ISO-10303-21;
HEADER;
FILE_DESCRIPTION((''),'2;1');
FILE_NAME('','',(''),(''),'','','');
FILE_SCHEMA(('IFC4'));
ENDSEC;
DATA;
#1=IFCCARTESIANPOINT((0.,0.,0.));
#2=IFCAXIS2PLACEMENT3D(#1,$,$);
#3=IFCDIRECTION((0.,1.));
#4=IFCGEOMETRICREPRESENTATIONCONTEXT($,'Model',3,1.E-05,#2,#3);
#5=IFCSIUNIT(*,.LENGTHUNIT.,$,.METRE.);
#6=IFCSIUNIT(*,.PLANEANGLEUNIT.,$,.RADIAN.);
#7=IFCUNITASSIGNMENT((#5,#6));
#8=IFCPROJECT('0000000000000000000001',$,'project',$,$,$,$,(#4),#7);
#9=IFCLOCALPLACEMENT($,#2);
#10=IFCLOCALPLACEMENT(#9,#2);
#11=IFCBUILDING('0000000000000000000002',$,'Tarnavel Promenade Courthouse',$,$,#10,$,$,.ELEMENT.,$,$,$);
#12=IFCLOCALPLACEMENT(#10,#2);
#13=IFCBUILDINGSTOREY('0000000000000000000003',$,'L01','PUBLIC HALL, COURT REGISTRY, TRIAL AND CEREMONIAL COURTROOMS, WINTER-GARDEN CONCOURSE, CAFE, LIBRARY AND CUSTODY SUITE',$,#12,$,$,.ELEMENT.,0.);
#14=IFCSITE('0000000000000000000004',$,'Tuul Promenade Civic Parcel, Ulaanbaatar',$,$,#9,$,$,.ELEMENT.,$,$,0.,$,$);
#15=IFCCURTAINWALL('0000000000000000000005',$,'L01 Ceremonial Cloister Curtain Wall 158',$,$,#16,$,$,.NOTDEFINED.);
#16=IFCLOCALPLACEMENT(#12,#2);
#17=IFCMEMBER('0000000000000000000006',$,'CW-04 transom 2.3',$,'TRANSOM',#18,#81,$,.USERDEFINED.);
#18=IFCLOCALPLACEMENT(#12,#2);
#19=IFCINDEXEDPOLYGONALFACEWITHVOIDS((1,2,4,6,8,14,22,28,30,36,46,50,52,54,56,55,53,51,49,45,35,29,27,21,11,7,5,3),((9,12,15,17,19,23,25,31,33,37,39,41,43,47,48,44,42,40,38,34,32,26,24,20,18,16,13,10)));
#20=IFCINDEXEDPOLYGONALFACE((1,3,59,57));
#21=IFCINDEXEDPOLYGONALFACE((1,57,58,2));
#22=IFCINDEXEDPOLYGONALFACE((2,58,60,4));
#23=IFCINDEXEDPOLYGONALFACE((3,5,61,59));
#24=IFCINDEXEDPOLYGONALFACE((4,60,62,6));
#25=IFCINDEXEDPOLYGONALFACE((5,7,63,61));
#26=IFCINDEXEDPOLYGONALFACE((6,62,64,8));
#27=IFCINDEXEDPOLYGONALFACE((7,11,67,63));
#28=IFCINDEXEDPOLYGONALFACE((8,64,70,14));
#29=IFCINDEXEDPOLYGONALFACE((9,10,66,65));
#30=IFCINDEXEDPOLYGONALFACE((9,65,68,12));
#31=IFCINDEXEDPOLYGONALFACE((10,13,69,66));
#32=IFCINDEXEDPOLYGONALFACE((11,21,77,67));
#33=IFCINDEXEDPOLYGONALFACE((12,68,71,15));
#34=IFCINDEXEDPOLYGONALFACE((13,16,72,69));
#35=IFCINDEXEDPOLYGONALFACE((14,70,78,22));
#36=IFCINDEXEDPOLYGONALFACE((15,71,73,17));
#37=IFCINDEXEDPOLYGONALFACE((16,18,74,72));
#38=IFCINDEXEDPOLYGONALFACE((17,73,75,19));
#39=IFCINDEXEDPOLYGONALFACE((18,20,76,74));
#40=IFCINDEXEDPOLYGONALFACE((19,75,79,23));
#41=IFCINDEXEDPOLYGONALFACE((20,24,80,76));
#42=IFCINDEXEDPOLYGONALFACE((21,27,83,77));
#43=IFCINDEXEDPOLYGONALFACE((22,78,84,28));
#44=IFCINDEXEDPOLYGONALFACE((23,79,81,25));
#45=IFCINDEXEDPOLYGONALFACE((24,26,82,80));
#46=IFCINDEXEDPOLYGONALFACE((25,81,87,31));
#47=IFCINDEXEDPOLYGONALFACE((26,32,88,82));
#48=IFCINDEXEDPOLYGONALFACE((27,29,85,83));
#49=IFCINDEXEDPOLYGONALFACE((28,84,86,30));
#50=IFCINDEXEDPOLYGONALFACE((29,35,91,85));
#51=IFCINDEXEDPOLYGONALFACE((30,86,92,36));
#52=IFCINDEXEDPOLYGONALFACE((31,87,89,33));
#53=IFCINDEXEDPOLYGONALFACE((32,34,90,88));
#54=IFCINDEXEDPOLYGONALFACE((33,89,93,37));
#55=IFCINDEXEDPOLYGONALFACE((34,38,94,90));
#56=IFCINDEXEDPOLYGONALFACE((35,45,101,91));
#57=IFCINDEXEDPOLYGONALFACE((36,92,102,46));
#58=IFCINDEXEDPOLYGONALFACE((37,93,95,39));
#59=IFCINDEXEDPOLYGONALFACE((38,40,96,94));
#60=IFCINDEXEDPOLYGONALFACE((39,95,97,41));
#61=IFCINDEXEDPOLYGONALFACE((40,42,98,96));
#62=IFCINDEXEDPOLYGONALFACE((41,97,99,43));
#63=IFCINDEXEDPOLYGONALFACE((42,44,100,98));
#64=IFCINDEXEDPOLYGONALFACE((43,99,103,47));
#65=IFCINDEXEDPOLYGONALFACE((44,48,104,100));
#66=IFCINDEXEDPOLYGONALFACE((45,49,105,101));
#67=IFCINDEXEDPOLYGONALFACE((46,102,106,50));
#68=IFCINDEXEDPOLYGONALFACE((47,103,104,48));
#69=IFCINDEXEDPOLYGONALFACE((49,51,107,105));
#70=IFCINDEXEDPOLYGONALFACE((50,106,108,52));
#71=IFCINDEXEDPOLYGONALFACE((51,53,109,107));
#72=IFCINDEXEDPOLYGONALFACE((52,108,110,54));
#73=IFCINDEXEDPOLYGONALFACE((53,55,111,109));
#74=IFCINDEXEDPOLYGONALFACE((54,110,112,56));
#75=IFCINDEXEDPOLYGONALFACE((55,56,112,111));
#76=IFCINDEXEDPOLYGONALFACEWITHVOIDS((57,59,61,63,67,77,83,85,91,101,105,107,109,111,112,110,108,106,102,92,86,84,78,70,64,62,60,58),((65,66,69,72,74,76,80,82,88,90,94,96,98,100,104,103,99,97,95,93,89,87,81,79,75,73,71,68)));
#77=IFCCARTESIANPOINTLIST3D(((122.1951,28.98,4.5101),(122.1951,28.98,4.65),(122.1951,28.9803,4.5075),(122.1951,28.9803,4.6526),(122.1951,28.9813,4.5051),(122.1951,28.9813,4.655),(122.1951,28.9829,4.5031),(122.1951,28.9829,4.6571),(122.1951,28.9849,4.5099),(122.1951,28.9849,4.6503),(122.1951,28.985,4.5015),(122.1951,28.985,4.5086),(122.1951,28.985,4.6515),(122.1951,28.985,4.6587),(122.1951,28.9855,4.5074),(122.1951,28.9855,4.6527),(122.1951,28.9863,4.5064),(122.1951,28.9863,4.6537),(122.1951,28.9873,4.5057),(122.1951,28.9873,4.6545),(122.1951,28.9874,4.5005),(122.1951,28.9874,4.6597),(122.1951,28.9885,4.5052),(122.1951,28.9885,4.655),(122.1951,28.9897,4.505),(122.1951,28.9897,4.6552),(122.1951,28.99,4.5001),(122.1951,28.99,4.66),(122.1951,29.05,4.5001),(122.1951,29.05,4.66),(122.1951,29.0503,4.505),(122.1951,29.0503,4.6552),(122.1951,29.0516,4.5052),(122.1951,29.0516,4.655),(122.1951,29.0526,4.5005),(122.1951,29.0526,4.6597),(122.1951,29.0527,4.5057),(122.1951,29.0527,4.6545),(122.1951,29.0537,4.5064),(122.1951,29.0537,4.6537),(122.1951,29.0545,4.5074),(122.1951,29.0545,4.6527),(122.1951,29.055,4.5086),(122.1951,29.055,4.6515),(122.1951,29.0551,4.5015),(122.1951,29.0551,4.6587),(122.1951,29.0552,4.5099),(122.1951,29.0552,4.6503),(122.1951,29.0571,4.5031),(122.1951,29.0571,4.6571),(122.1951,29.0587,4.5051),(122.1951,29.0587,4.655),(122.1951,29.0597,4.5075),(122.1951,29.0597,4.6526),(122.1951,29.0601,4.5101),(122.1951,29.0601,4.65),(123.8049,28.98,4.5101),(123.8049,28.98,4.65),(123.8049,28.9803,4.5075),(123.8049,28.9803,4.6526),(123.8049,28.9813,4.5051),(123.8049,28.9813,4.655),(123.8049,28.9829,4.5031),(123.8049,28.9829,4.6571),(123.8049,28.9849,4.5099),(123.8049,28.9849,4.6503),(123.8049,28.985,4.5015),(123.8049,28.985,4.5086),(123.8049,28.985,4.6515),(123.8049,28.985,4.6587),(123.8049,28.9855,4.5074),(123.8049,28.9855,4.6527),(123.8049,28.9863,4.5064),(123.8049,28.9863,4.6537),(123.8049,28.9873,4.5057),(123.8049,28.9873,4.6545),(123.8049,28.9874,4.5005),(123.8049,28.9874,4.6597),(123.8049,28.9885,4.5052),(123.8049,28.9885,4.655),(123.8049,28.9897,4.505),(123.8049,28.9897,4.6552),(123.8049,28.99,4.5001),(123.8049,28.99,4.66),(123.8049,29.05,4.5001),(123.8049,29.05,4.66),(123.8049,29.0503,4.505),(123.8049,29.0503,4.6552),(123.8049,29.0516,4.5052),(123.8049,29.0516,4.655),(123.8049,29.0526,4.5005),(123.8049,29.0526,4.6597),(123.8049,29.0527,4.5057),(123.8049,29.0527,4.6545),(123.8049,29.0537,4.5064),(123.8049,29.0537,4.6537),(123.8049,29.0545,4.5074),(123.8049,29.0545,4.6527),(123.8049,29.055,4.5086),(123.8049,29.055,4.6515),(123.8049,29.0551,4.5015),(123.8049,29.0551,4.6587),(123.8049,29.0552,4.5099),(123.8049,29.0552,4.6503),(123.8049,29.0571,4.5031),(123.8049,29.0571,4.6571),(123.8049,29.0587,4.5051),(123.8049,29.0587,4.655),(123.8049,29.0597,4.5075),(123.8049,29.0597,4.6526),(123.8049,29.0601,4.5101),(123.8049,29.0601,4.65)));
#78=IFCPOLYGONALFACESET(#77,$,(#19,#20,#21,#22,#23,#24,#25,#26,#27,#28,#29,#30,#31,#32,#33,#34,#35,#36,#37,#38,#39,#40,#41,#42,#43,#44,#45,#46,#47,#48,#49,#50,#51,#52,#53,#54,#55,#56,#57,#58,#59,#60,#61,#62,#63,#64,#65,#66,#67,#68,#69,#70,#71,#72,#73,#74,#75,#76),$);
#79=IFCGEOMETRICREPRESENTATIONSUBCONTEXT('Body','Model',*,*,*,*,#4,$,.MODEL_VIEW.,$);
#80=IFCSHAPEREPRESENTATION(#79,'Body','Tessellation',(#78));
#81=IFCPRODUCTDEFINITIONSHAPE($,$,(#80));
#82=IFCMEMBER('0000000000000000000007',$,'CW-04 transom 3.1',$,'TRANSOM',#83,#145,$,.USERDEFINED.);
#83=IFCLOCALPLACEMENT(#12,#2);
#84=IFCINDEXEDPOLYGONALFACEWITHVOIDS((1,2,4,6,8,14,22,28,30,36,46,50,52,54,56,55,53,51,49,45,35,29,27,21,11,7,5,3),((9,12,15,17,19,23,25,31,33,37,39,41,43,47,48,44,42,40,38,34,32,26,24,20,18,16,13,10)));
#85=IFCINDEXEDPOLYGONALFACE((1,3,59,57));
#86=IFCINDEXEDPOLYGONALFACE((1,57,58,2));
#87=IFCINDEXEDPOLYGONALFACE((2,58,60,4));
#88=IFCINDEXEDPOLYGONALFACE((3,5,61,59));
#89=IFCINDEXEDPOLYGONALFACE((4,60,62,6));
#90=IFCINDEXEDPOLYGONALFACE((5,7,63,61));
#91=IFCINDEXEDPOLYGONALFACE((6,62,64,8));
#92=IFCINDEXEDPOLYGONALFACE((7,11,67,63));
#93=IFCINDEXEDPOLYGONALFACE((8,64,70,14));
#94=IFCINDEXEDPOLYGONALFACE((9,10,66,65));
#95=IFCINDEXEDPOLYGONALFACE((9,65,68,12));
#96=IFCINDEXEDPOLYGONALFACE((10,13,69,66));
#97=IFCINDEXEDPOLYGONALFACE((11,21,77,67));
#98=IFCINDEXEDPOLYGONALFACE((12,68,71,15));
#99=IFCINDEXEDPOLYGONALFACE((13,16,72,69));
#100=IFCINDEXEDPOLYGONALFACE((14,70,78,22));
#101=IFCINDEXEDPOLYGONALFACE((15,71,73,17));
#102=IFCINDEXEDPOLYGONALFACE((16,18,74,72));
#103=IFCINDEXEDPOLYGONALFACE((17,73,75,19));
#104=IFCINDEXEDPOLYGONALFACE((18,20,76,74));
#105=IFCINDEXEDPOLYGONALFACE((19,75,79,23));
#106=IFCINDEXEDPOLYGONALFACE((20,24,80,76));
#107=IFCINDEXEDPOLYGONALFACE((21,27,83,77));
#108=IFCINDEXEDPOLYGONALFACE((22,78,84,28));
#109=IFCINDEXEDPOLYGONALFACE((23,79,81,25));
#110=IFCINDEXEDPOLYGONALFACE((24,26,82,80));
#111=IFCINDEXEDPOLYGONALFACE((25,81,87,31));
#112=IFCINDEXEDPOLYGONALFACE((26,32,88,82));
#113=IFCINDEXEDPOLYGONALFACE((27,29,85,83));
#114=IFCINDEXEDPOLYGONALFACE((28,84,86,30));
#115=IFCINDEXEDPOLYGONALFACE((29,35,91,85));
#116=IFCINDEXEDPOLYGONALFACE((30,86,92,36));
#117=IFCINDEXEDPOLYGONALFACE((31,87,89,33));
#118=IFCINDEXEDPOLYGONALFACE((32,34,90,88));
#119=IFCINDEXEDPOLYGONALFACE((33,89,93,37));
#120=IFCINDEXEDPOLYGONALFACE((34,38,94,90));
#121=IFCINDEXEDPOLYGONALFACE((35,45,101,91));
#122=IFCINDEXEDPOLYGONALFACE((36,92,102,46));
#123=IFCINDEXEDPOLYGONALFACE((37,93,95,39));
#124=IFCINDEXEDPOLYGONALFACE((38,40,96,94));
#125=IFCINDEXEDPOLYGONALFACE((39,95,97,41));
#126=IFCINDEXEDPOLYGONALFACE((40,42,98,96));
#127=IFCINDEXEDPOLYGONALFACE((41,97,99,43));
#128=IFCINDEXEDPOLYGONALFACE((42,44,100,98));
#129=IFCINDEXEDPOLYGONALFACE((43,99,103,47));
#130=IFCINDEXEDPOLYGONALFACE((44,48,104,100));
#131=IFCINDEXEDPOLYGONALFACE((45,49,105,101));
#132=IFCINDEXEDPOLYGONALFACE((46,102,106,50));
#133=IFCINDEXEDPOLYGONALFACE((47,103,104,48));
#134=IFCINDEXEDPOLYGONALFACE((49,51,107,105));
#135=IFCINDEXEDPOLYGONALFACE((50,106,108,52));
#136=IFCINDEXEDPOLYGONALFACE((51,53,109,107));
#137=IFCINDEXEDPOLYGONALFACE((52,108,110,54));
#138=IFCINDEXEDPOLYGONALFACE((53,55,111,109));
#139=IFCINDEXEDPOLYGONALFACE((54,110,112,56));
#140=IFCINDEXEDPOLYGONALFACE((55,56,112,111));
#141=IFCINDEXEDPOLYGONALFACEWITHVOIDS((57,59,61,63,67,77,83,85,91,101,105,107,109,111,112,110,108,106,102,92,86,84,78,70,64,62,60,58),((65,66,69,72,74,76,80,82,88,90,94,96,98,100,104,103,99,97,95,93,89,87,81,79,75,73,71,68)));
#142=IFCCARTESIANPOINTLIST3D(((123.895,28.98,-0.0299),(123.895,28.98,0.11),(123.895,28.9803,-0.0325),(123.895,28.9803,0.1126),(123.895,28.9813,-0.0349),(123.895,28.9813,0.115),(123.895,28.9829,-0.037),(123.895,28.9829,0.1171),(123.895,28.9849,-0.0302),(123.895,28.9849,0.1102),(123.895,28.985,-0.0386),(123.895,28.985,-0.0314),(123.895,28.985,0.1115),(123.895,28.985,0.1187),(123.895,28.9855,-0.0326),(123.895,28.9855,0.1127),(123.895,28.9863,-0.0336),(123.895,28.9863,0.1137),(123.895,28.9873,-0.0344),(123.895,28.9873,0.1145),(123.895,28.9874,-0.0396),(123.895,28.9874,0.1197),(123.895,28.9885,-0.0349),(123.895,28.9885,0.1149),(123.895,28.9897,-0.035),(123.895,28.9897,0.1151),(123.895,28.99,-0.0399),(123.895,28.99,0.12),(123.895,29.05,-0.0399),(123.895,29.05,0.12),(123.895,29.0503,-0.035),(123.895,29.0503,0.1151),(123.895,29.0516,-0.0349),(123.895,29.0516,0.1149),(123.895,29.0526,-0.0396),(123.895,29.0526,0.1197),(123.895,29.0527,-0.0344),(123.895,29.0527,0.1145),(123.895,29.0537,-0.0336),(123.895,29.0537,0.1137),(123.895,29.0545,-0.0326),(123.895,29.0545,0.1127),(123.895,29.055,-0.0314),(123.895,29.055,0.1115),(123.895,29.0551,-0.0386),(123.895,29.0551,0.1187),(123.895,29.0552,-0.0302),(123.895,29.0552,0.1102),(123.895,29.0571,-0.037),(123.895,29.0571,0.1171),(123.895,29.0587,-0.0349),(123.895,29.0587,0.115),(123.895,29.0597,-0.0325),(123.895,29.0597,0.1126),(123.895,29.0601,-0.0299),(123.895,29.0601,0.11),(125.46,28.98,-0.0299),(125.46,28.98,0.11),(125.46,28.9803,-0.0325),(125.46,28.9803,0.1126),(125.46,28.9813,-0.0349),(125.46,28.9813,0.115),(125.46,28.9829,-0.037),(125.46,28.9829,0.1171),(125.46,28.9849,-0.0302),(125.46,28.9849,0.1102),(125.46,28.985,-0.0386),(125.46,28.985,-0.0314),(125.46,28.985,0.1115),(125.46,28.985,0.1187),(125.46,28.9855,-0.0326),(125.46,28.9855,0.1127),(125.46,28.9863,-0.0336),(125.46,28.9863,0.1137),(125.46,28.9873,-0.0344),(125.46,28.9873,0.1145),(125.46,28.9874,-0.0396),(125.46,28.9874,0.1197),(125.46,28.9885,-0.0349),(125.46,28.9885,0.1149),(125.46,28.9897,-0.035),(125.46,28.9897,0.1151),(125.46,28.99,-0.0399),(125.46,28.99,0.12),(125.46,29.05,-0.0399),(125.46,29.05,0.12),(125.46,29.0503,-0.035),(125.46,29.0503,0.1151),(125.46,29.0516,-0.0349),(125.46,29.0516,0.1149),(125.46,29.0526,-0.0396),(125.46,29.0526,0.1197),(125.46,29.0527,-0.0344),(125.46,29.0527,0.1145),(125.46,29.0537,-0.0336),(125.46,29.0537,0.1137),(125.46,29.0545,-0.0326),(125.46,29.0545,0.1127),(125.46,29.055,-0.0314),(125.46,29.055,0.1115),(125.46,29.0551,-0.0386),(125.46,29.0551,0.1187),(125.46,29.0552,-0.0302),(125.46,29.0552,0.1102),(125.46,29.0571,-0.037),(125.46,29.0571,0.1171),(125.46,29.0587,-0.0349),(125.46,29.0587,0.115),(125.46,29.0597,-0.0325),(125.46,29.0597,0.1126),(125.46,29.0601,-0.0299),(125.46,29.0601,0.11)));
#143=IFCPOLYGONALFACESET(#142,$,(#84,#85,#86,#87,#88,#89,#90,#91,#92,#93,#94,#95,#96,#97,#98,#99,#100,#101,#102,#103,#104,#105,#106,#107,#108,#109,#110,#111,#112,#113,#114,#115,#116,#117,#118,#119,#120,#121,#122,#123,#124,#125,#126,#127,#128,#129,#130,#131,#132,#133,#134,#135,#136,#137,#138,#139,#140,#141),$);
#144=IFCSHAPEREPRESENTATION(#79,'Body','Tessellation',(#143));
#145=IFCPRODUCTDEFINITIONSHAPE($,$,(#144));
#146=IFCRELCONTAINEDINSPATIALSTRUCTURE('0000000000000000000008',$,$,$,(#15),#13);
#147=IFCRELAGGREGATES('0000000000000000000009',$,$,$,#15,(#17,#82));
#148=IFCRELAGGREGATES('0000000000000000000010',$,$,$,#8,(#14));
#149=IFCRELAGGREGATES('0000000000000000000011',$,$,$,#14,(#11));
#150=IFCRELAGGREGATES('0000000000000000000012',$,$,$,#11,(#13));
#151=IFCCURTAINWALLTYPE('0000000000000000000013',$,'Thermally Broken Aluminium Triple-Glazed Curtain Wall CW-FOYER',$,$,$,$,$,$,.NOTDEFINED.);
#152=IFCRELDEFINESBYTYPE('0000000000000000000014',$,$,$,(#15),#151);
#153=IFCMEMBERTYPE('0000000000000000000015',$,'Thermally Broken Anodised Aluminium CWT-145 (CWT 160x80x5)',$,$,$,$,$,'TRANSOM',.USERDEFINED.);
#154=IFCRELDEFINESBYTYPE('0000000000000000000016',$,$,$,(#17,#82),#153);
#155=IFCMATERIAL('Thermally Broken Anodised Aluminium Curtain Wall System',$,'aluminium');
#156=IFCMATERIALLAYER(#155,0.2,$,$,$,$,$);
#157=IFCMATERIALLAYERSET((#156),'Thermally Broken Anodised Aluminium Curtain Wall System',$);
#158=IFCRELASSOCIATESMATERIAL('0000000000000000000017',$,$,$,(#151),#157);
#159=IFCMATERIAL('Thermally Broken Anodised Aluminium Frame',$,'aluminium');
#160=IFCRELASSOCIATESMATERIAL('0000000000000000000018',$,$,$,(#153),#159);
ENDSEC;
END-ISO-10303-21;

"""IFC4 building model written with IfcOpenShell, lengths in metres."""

from ifc_helpers import new_model, si_unit, direction, frame, origin, origin_2d, place, context, subcontext, project, spatial, hollow_rectangle, extrude, material, layer, layer_set, material_profile, profile_set, type_object, element, aggregate, save


model = new_model("IFC4")

# Units and contexts
model_context = context("Model", 3, precision=1e-05, world=origin(), true_north=direction((0.0, 1.0)))
body_context = subcontext(model_context, "Body", "Model", "MODEL_VIEW")
ifc_project = project(units=[si_unit("LENGTHUNIT", "METRE"), si_unit("PLANEANGLEUNIT", "RADIAN")], contexts=[model_context])

# Site, building, storey
site_placement = place(None, origin())
site = spatial("IfcSite", under=ifc_project, at=site_placement, Name="Tuul Promenade Civic Parcel, Ulaanbaatar", CompositionType="ELEMENT", RefElevation=0.0)
building_placement = place(site_placement, origin())
building = spatial("IfcBuilding", under=site, at=building_placement, Name="Tarnavel Promenade Courthouse", CompositionType="ELEMENT")
storey_placement = place(building_placement, origin())
storey = spatial("IfcBuildingStorey", under=building, at=storey_placement, Name="L01", Description="PUBLIC HALL, COURT REGISTRY, TRIAL AND CEREMONIAL COURTROOMS, WINTER-GARDEN CONCOURSE, CAFE, LIBRARY AND CUSTODY SUITE", CompositionType="ELEMENT", Elevation=0.0)

# Curtain wall, members
ifc_material_1 = material(Name="Thermally Broken Anodised Aluminium Curtain Wall System", Category="aluminium")
ifc_layer_1 = layer(ifc_material_1, 0.2)
ifc_layer_set_1 = layer_set([ifc_layer_1], Name="Thermally Broken Anodised Aluminium Curtain Wall System")
curtain_wall_type = type_object("IfcCurtainWallType", Name="Thermally Broken Aluminium Triple-Glazed Curtain Wall CW-FOYER", PredefinedType="NOTDEFINED", material=ifc_layer_set_1)
curtain_wall_placement = place(storey_placement, origin())
curtain_wall = element("IfcCurtainWall", 1, at=curtain_wall_placement, inside=storey, type_object=curtain_wall_type, Name="L01 Ceremonial Cloister Curtain Wall 158", PredefinedType="NOTDEFINED")
ifc_material_2 = material(Name="Thermally Broken Anodised Aluminium Frame", Category="aluminium")
ifc_material_profile_1 = material_profile(ifc_material_2, hollow_rectangle(XDim=0.0801, YDim=0.1599, WallThickness=0.0049, InnerFilletRadius=0.0049, OuterFilletRadius=0.01, at=origin_2d()), Name="CWT 160x80x5")
ifc_profile_set_1 = profile_set([ifc_material_profile_1], Name="Thermally Broken Anodised Aluminium Frame")
member_type_1 = type_object("IfcMemberType", Name="Thermally Broken Anodised Aluminium CWT-145 (CWT 160x80x5)", ElementType="TRANSOM", PredefinedType="USERDEFINED", material=ifc_profile_set_1)
member_1_placement = place(storey_placement, frame((122.1951, 29.02, 4.5801), z_axis=(1.0, 0.0, 0.0), x_axis=(0.0, 1.0, 0.0)))
member_1 = element("IfcMember", 2, at=member_1_placement, type_object=member_type_1, Name="CW-04 transom 2.3", ObjectType="TRANSOM", PredefinedType="USERDEFINED", context=body_context, shape_type="SweptSolid", body=[
    extrude(hollow_rectangle(XDim=0.0801, YDim=0.1599, WallThickness=0.0049, InnerFilletRadius=0.0049, OuterFilletRadius=0.01, at=origin_2d()), origin(), (0.0, 0.0, 1.0), 1.6099),
])
member_2_placement = place(storey_placement, frame((123.895, 29.02, 0.04), z_axis=(1.0, 0.0, 0.0), x_axis=(0.0, 1.0, 0.0)))
member_2 = element("IfcMember", 3, at=member_2_placement, type_object=member_type_1, Name="CW-04 transom 3.1", ObjectType="TRANSOM", PredefinedType="USERDEFINED", context=body_context, shape_type="SweptSolid", body=[
    extrude(hollow_rectangle(XDim=0.0801, YDim=0.1599, WallThickness=0.0049, InnerFilletRadius=0.0049, OuterFilletRadius=0.01, at=origin_2d()), origin(), (0.0, 0.0, 1.0), 1.5649),
])
aggregate(curtain_wall, [member_1, member_2])

save(model, "model.ifc")
